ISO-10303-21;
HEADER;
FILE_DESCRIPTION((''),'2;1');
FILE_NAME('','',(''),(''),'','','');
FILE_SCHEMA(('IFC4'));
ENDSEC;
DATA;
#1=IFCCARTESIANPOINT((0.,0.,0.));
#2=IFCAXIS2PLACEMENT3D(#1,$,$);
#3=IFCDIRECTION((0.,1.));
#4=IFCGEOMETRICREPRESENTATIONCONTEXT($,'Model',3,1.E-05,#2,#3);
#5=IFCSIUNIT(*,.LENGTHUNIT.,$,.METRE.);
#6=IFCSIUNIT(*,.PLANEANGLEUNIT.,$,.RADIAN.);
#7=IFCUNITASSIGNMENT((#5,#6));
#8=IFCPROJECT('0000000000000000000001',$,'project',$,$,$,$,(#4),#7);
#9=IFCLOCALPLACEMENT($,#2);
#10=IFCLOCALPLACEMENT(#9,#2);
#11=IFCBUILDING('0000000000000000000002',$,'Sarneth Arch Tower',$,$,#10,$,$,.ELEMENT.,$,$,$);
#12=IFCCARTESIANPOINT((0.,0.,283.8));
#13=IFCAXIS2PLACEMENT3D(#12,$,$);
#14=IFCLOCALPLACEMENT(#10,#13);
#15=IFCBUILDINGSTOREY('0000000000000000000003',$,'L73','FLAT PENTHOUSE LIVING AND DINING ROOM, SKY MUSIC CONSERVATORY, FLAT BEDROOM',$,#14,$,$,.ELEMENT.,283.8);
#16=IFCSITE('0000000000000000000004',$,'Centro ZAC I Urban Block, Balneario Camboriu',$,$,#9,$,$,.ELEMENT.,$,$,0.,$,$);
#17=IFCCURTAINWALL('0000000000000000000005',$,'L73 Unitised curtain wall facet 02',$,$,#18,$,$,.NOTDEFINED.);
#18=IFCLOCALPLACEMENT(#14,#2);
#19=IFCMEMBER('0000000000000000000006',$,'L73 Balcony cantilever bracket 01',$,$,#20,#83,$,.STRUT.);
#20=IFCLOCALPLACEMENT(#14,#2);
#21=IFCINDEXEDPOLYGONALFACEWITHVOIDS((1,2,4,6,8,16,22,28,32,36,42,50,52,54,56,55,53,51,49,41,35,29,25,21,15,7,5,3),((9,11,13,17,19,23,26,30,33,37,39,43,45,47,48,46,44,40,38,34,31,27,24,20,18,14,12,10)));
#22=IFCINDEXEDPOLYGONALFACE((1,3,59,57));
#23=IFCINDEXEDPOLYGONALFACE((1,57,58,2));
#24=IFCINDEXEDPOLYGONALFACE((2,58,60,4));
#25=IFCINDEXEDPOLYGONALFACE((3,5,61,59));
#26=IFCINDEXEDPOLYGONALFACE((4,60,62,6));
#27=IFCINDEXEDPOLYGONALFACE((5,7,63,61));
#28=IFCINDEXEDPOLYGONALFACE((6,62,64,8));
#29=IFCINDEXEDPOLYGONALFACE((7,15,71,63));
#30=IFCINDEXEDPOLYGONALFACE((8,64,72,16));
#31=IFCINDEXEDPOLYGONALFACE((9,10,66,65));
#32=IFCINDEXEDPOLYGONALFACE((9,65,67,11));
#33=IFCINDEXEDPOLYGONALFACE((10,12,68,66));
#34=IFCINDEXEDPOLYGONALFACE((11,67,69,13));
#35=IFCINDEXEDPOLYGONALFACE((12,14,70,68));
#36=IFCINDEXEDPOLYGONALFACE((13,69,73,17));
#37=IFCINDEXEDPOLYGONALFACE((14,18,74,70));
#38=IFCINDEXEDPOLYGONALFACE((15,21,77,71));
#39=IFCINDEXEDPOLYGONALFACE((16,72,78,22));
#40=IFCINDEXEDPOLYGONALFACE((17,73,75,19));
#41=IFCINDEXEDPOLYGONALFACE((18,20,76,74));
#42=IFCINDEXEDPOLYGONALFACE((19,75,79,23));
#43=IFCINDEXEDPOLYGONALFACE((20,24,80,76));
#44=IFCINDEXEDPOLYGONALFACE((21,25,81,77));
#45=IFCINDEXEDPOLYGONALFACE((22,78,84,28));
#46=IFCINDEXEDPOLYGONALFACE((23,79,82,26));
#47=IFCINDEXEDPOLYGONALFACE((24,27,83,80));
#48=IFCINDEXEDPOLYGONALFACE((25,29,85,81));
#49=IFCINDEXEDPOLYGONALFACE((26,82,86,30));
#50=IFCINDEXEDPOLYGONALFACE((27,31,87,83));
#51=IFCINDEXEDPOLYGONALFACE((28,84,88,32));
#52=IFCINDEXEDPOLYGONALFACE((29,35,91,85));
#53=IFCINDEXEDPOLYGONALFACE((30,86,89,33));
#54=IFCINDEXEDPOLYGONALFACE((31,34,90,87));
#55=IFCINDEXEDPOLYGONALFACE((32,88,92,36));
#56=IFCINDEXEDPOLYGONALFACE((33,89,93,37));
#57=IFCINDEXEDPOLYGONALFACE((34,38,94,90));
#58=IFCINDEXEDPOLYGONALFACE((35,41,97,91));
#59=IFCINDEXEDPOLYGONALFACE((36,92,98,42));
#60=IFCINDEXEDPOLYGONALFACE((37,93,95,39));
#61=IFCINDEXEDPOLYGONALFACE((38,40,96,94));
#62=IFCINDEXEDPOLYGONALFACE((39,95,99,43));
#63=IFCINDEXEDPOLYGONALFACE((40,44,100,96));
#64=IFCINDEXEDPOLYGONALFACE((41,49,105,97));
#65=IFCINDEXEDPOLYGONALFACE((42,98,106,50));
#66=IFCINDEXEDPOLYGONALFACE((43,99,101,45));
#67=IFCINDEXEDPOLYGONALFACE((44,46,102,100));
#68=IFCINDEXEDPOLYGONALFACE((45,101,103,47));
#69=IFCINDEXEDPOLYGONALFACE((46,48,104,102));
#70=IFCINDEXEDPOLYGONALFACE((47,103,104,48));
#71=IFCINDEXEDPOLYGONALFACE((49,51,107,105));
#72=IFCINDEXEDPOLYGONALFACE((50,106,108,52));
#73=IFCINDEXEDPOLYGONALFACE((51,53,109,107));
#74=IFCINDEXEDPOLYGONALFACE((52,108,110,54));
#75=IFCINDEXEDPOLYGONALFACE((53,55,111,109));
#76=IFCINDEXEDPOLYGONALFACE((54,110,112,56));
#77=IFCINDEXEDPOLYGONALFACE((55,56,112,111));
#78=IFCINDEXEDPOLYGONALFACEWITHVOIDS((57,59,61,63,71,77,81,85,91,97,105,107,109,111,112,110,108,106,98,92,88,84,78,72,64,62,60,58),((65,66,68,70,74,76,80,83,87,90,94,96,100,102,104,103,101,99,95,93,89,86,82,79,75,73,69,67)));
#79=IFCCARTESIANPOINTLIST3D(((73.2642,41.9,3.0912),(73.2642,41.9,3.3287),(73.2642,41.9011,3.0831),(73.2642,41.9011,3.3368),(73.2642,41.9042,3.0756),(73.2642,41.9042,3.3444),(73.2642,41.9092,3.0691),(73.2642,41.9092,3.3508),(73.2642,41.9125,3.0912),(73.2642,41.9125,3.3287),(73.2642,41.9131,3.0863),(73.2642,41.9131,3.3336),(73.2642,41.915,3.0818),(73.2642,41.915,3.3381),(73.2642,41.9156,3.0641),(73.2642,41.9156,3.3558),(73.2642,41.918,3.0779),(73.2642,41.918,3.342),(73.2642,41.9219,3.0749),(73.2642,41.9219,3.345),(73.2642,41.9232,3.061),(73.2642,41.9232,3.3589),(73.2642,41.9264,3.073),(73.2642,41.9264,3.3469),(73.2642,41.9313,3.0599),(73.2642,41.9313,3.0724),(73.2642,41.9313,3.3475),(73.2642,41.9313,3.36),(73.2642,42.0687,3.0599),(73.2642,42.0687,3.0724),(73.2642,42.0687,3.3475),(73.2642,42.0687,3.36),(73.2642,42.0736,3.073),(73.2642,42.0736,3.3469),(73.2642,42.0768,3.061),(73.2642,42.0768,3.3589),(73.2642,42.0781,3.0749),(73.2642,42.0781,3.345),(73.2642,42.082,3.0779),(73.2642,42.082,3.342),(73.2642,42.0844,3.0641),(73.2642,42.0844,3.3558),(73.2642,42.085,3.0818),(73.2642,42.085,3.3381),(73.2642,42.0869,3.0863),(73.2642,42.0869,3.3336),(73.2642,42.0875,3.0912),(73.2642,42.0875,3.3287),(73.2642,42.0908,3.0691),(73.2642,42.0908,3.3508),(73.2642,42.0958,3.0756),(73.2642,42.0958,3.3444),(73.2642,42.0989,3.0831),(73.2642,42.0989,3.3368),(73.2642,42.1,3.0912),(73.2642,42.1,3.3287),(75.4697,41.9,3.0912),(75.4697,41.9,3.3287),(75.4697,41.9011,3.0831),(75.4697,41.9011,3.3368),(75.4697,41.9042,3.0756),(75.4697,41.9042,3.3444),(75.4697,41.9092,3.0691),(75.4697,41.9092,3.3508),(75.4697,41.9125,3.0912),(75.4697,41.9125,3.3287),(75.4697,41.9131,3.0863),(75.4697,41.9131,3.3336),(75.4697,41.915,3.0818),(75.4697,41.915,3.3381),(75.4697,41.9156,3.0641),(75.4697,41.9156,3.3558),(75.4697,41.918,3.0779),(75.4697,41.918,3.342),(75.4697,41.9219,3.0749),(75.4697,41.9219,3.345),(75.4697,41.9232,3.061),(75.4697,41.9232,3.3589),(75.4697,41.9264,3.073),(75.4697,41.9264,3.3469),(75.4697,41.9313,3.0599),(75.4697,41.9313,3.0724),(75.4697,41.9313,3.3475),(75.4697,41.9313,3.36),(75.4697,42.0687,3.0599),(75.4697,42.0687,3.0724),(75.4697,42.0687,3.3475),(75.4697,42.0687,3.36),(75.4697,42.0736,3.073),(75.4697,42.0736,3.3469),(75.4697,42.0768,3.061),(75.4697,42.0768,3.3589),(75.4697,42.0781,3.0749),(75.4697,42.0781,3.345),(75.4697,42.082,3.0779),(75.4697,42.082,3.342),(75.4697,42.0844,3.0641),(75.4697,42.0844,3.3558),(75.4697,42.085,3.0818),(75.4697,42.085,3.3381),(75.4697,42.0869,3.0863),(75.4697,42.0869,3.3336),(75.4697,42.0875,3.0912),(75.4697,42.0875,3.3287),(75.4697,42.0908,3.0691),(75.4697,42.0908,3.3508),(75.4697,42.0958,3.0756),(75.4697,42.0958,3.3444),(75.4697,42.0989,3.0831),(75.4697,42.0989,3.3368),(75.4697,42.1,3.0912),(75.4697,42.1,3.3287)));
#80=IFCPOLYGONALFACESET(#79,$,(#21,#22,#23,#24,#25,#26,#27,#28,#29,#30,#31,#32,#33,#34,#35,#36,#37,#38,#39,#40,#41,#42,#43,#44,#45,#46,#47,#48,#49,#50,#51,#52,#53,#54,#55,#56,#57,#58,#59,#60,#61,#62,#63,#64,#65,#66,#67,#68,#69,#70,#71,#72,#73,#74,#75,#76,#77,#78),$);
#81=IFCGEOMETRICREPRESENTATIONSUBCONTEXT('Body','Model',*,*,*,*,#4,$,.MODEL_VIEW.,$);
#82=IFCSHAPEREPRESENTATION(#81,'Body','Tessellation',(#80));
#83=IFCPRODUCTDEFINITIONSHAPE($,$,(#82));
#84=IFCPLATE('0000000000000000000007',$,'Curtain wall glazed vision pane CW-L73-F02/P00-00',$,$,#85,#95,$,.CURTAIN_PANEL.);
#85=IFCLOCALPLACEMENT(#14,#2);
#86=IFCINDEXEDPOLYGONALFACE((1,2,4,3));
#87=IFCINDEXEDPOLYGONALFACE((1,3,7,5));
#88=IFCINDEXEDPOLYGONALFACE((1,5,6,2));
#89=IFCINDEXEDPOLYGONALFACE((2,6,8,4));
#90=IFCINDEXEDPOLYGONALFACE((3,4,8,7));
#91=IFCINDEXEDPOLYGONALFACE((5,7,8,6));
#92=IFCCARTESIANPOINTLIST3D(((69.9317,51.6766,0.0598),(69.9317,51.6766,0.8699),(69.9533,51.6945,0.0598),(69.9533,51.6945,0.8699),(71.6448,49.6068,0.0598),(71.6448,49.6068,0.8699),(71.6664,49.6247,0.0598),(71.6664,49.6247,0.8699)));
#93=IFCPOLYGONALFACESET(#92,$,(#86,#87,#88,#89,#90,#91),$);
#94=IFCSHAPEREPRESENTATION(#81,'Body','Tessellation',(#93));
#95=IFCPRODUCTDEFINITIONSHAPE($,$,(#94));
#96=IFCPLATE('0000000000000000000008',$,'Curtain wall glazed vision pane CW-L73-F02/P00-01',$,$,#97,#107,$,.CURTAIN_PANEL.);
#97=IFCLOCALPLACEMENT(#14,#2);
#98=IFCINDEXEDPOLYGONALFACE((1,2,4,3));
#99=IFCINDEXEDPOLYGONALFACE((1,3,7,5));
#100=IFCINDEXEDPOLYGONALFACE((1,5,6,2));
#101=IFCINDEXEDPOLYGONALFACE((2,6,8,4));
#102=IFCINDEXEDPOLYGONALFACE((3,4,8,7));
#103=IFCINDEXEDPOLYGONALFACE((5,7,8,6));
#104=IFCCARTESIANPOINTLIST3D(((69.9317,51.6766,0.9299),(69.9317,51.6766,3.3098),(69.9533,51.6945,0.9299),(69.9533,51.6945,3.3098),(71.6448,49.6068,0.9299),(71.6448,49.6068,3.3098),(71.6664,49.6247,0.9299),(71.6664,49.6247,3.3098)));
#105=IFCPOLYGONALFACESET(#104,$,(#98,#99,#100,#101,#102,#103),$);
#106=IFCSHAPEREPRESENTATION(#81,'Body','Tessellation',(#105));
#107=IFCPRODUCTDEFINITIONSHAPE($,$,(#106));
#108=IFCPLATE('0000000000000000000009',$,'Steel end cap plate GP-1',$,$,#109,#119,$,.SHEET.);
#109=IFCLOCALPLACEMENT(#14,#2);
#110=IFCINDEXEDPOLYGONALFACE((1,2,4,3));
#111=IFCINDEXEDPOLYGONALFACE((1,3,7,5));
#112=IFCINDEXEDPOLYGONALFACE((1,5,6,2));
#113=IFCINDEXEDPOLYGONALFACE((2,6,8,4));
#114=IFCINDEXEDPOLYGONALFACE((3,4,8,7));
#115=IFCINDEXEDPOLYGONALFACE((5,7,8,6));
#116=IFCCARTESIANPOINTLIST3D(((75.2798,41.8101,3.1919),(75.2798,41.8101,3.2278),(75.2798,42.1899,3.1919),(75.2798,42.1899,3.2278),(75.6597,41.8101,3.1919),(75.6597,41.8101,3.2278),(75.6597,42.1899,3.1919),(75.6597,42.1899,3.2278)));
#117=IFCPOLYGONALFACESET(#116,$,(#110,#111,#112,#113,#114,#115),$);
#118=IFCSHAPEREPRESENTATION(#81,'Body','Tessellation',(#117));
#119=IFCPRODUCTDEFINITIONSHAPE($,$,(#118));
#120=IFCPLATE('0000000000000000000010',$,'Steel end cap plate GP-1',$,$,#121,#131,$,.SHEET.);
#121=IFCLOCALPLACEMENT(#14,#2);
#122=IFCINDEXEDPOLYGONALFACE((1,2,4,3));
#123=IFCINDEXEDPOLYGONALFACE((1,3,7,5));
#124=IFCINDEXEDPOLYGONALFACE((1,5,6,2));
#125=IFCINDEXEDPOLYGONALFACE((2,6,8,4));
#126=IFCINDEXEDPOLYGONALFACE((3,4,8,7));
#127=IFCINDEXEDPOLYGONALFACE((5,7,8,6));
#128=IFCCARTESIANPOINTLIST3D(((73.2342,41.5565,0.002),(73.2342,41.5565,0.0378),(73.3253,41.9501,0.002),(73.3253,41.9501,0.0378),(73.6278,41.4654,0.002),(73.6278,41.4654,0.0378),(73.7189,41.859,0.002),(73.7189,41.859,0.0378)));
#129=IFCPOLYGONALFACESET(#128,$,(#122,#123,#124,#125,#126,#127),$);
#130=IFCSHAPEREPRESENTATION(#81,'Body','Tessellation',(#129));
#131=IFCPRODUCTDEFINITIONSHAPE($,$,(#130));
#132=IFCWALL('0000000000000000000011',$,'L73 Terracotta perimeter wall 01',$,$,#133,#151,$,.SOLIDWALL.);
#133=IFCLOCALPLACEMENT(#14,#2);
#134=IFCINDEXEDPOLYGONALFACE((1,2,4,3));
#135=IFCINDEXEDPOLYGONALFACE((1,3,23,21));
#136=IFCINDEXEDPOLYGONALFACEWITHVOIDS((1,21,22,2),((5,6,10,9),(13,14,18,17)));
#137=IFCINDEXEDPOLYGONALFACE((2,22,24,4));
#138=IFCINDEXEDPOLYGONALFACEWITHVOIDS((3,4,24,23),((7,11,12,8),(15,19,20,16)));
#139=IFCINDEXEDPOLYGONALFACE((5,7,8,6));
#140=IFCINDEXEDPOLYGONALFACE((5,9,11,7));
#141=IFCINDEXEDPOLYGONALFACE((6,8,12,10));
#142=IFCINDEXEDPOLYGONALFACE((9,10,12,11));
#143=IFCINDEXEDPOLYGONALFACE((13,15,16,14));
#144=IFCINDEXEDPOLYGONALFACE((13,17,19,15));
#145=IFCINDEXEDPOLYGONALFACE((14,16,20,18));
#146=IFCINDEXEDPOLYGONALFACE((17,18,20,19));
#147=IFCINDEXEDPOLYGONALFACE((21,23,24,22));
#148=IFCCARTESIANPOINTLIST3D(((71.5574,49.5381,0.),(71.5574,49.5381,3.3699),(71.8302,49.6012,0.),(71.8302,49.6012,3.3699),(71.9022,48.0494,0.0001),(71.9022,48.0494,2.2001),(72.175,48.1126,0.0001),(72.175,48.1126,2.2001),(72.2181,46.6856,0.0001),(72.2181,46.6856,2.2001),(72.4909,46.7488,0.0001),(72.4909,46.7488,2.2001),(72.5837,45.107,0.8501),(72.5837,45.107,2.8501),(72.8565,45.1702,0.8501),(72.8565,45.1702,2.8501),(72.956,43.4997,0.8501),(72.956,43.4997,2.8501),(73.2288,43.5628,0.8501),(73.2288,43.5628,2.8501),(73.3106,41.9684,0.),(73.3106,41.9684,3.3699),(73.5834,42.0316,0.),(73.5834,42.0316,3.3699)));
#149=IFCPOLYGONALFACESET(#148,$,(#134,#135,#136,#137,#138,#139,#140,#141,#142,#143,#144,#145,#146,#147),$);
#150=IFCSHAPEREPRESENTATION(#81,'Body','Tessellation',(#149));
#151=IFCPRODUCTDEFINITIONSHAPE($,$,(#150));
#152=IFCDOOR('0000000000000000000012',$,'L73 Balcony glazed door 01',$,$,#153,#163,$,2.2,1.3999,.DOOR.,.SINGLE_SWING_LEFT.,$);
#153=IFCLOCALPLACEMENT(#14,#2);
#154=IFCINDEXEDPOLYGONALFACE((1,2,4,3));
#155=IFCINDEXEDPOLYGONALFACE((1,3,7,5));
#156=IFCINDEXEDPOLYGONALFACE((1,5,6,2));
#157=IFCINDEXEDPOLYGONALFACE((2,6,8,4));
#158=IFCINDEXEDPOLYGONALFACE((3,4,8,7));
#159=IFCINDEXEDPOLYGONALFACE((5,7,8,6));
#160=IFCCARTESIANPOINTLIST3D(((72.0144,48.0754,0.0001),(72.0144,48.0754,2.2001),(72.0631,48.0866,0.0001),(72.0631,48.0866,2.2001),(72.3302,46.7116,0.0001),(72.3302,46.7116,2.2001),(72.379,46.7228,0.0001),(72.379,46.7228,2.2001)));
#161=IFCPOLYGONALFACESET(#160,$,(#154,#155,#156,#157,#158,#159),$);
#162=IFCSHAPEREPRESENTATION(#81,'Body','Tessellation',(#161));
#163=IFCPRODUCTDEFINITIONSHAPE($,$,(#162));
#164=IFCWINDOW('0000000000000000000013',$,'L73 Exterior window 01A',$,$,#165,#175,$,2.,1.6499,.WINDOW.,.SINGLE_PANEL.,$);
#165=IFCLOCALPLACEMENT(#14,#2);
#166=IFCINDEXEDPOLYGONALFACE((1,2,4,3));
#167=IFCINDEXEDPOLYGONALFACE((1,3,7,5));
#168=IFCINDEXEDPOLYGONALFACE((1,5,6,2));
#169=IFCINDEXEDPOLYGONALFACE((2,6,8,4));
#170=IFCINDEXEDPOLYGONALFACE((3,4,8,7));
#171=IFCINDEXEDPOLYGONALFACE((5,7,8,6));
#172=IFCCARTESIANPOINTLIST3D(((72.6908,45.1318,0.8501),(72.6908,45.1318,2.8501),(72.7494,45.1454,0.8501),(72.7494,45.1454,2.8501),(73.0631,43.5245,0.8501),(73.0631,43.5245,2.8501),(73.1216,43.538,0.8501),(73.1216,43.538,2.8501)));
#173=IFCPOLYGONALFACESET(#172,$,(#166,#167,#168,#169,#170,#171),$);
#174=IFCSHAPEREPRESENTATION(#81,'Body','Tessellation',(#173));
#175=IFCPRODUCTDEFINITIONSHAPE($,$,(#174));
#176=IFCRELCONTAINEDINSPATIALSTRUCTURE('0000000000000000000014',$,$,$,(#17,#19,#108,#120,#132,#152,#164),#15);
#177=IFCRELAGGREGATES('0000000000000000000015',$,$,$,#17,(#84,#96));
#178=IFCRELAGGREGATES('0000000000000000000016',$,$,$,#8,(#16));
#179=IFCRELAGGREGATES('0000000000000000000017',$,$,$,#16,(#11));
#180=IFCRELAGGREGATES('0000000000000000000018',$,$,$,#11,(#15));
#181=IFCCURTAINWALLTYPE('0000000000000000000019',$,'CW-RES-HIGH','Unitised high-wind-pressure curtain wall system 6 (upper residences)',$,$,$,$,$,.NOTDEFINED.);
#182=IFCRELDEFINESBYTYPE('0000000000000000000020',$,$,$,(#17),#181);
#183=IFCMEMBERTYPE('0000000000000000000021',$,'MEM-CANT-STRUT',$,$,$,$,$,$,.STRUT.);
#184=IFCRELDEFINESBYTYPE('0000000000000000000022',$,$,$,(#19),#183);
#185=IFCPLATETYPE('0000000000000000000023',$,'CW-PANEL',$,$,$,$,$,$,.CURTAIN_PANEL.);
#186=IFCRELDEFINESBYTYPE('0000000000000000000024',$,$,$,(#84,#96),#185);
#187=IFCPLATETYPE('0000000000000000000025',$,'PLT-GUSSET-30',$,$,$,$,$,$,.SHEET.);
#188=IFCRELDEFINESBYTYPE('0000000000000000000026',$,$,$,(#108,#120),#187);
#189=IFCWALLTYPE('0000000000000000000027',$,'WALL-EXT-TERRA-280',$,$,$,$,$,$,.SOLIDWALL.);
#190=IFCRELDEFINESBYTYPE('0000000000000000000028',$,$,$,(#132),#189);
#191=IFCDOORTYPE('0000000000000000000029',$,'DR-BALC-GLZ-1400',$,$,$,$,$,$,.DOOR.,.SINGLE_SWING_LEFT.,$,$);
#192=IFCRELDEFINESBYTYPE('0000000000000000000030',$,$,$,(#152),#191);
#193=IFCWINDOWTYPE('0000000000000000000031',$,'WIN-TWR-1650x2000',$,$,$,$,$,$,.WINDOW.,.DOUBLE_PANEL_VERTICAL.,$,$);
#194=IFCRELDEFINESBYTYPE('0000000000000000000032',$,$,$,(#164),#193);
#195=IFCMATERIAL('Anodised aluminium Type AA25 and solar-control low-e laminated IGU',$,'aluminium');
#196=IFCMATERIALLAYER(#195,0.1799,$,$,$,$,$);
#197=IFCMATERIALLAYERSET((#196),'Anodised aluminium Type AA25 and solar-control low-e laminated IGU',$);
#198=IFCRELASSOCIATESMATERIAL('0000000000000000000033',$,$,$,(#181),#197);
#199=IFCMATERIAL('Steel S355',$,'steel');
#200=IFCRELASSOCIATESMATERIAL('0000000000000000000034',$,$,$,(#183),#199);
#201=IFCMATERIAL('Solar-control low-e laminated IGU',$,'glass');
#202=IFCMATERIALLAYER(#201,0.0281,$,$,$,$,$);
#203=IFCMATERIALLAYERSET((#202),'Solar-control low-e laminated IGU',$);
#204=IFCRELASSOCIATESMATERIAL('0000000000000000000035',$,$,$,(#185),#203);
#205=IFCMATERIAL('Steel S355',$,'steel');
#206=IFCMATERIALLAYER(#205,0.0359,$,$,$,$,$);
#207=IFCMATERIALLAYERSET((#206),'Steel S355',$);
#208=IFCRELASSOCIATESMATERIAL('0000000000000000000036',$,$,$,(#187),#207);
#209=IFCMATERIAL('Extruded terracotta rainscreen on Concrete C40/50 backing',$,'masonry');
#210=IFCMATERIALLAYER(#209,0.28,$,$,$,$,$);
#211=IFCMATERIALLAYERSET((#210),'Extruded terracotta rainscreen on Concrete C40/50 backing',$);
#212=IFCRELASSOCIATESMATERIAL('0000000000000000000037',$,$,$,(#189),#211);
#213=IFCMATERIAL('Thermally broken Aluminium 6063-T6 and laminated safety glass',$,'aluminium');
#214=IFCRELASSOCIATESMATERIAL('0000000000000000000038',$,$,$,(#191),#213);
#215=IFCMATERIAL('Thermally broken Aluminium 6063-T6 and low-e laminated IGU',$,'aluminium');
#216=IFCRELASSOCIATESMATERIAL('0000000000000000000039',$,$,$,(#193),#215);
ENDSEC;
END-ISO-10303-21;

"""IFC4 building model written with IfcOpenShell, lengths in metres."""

from ifc_helpers import new_model, si_unit, direction, frame, frame_2d, origin, origin_2d, place, context, subcontext, project, spatial, rectangle, hollow_rectangle, extrude, material, layer, layer_set, material_profile, profile_set, type_object, element, fill, aggregate, save


model = new_model("IFC4")

# Units and contexts
model_context = context("Model", 3, precision=1e-05, world=origin(), true_north=direction((0.0, 1.0)))
body_context = subcontext(model_context, "Body", "Model", "MODEL_VIEW")
ifc_project = project(units=[si_unit("LENGTHUNIT", "METRE"), si_unit("PLANEANGLEUNIT", "RADIAN")], contexts=[model_context])

# Site, building, storey
site_placement = place(None, origin())
site = spatial("IfcSite", under=ifc_project, at=site_placement, Name="Centro ZAC I Urban Block, Balneario Camboriu", CompositionType="ELEMENT", RefElevation=0.0)
building_placement = place(site_placement, origin())
building = spatial("IfcBuilding", under=site, at=building_placement, Name="Sarneth Arch Tower", CompositionType="ELEMENT")
storey_placement = place(building_placement, frame((0.0, 0.0, 283.8)))
storey = spatial("IfcBuildingStorey", under=building, at=storey_placement, Name="L73", Description="FLAT PENTHOUSE LIVING AND DINING ROOM, SKY MUSIC CONSERVATORY, FLAT BEDROOM", CompositionType="ELEMENT", Elevation=283.8)

# Curtain wall
ifc_material_1 = material(Name="Anodised aluminium Type AA25 and solar-control low-e laminated IGU", Category="aluminium")
ifc_layer_1 = layer(ifc_material_1, 0.1799)
ifc_layer_set_1 = layer_set([ifc_layer_1], Name="Anodised aluminium Type AA25 and solar-control low-e laminated IGU")
curtain_wall_type = type_object("IfcCurtainWallType", Name="CW-RES-HIGH", Description="Unitised high-wind-pressure curtain wall system 6 (upper residences)", PredefinedType="NOTDEFINED", material=ifc_layer_set_1)
curtain_wall_placement = place(storey_placement, origin())
curtain_wall = element("IfcCurtainWall", 1, at=curtain_wall_placement, inside=storey, type_object=curtain_wall_type, Name="L73 Unitised curtain wall facet 02", PredefinedType="NOTDEFINED")

# Member
ifc_material_2 = material(Name="Steel S355", Category="steel")
ifc_material_profile_1 = material_profile(ifc_material_2, hollow_rectangle(XDim=0.2, YDim=0.3, WallThickness=0.0125, InnerFilletRadius=0.0188, OuterFilletRadius=0.0312, at=origin_2d()), Name="RHS300x200x12.5")
ifc_profile_set_1 = profile_set([ifc_material_profile_1], Name="Steel S355")
member_type_1 = type_object("IfcMemberType", Name="MEM-CANT-STRUT", PredefinedType="STRUT", material=ifc_profile_set_1)
member_1_placement = place(storey_placement, frame((73.2642, 42.0, 3.21), z_axis=(1.0, 0.0, 0.0), x_axis=(0.0, 1.0, 0.0)))
element("IfcMember", 2, at=member_1_placement, inside=storey, type_object=member_type_1, Name="L73 Balcony cantilever bracket 01", PredefinedType="STRUT", context=body_context, shape_type="SweptSolid", body=[
    extrude(hollow_rectangle(XDim=0.2, YDim=0.3, WallThickness=0.0125, InnerFilletRadius=0.0188, OuterFilletRadius=0.0312, at=origin_2d()), origin(), (0.0, 0.0, 1.0), 2.2056),
])

# Plates
ifc_material_3 = material(Name="Solar-control low-e laminated IGU", Category="glass")
ifc_layer_2 = layer(ifc_material_3, 0.0281)
ifc_layer_set_2 = layer_set([ifc_layer_2], Name="Solar-control low-e laminated IGU")
plate_type_1 = type_object("IfcPlateType", Name="CW-PANEL", PredefinedType="CURTAIN_PANEL", material=ifc_layer_set_2)
plate_1_placement = place(storey_placement, frame((70.7991, 50.6506, 0.0598), z_axis=(0.0, 0.0, 1.0), x_axis=(-0.63761, 0.770359, 0.0)))
plate_1 = element("IfcPlate", 3, at=plate_1_placement, type_object=plate_type_1, Name="Curtain wall glazed vision pane CW-L73-F02/P00-00", PredefinedType="CURTAIN_PANEL", context=body_context, shape_type="SweptSolid", body=[
    extrude(rectangle(XDim=2.6868, YDim=0.0281, at=origin_2d()), origin(), (0.0, 0.0, 1.0), 0.8101),
])
plate_2_placement = place(storey_placement, frame((70.7991, 50.6506, 0.9299), z_axis=(0.0, 0.0, 1.0), x_axis=(-0.63761, 0.770359, 0.0)))
plate_2 = element("IfcPlate", 4, at=plate_2_placement, type_object=plate_type_1, Name="Curtain wall glazed vision pane CW-L73-F02/P00-01", PredefinedType="CURTAIN_PANEL", context=body_context, shape_type="SweptSolid", body=[
    extrude(rectangle(XDim=2.6868, YDim=0.0281, at=origin_2d()), origin(), (0.0, 0.0, 1.0), 2.3799),
])
aggregate(curtain_wall, [plate_1, plate_2])

# Plates
ifc_material_4 = material(Name="Steel S355", Category="steel")
ifc_layer_3 = layer(ifc_material_4, 0.0359)
ifc_layer_set_3 = layer_set([ifc_layer_3], Name="Steel S355")
plate_type_2 = type_object("IfcPlateType", Name="PLT-GUSSET-30", PredefinedType="SHEET", material=ifc_layer_set_3)
plate_3_placement = place(storey_placement, frame((75.4697, 42.0, 3.1919), z_axis=(0.0, 0.0, 1.0), x_axis=(1.0, 0.0, 0.0)))
element("IfcPlate", 5, at=plate_3_placement, inside=storey, type_object=plate_type_2, Name="Steel end cap plate GP-1", PredefinedType="SHEET", context=body_context, shape_type="SweptSolid", body=[
    extrude(rectangle(XDim=0.3799, YDim=0.3799, at=origin_2d()), origin(), (0.0, 0.0, 1.0), 0.0359),
])
plate_4_placement = place(storey_placement, frame((73.4766, 41.7078, 0.002), z_axis=(0.0, 0.0, 1.0), x_axis=(0.225461, 0.974252, 0.0)))
element("IfcPlate", 6, at=plate_4_placement, inside=storey, type_object=plate_type_2, Name="Steel end cap plate GP-1", PredefinedType="SHEET", context=body_context, shape_type="SweptSolid", body=[
    extrude(rectangle(XDim=0.4041, YDim=0.4041, at=origin_2d()), origin(), (0.0, 0.0, 1.0), 0.0359),
])

# Wall, openings, door, window
ifc_material_5 = material(Name="Extruded terracotta rainscreen on Concrete C40/50 backing", Category="masonry")
ifc_layer_4 = layer(ifc_material_5, 0.28)
ifc_layer_set_4 = layer_set([ifc_layer_4], Name="Extruded terracotta rainscreen on Concrete C40/50 backing")
wall_type_1 = type_object("IfcWallType", Name="WALL-EXT-TERRA-280", PredefinedType="SOLIDWALL", material=ifc_layer_set_4)
wall_1_placement = place(storey_placement, frame((73.447, 42.0, 0.0), z_axis=(0.0, 0.0, 1.0), x_axis=(-0.225635, 0.974212, 0.0)))
wall_1 = element("IfcWall", 7, at=wall_1_placement, inside=storey, type_object=wall_type_1, Name="L73 Terracotta perimeter wall 01", PredefinedType="SOLIDWALL", context=body_context, shape_type="SweptSolid", body=[
    extrude(rectangle(XDim=7.77, YDim=0.28, at=frame_2d((3.885, 0.0))), origin(), (0.0, 0.0, 1.0), 3.3699),
])
opening_1_placement = place(wall_1_placement, frame((1.5718, 0.0, 0.8501)))
opening_1 = element("IfcOpeningElement", 8, at=opening_1_placement, cuts=wall_1, PredefinedType="OPENING", context=body_context, shape_type="SweptSolid", body=[
    extrude(rectangle(XDim=1.6499, YDim=2.0, at=frame_2d((0.825, 1.0))), frame((0.0, 0.1499, 0.0), z_axis=(0.0, -1.0, 0.0), x_axis=(1.0, 0.0, 0.0)), (0.0, 0.0, 1.0), 0.3),
])
opening_2_placement = place(wall_1_placement, frame((4.842, 0.0, 0.0)))
opening_2 = element("IfcOpeningElement", 9, at=opening_2_placement, cuts=wall_1, PredefinedType="OPENING", context=body_context, shape_type="SweptSolid", body=[
    extrude(rectangle(XDim=1.3999, YDim=2.2, at=frame_2d((0.7, 1.1001))), frame((0.0, 0.1499, 0.0), z_axis=(0.0, -1.0, 0.0), x_axis=(1.0, 0.0, 0.0)), (0.0, 0.0, 1.0), 0.3),
])
ifc_material_6 = material(Name="Thermally broken Aluminium 6063-T6 and laminated safety glass", Category="aluminium")
door_type_1 = type_object("IfcDoorType", Name="DR-BALC-GLZ-1400", OperationType="SINGLE_SWING_LEFT", PredefinedType="DOOR", material=ifc_material_6)
door_1_placement = place(opening_2_placement, origin())
door_1 = element("IfcDoor", 10, at=door_1_placement, inside=storey, type_object=door_type_1, Name="L73 Balcony glazed door 01", OperationType="SINGLE_SWING_LEFT", OverallHeight=2.2, OverallWidth=1.3999, PredefinedType="DOOR", context=body_context, shape_type="SweptSolid", body=[
    extrude(rectangle(XDim=1.3999, YDim=2.2, at=frame_2d((0.7, 1.1001))), frame((0.0, 0.0249, 0.0), z_axis=(0.0, -1.0, 0.0), x_axis=(1.0, 0.0, 0.0)), (0.0, 0.0, 1.0), 0.05),
])
fill(opening_2, door_1)
ifc_material_7 = material(Name="Thermally broken Aluminium 6063-T6 and low-e laminated IGU", Category="aluminium")
window_type = type_object("IfcWindowType", Name="WIN-TWR-1650x2000", PartitioningType="DOUBLE_PANEL_VERTICAL", PredefinedType="WINDOW", material=ifc_material_7)
window_placement = place(opening_1_placement, origin())
window = element("IfcWindow", 11, at=window_placement, inside=storey, type_object=window_type, Name="L73 Exterior window 01A", OverallHeight=2.0, OverallWidth=1.6499, PartitioningType="SINGLE_PANEL", PredefinedType="WINDOW", context=body_context, shape_type="SweptSolid", body=[
    extrude(rectangle(XDim=1.6499, YDim=2.0, at=frame_2d((0.825, 1.0))), frame((0.0, 0.03, 0.0), z_axis=(0.0, -1.0, 0.0), x_axis=(1.0, 0.0, 0.0)), (0.0, 0.0, 1.0), 0.0601),
])
fill(opening_1, window)

save(model, "model.ifc")
